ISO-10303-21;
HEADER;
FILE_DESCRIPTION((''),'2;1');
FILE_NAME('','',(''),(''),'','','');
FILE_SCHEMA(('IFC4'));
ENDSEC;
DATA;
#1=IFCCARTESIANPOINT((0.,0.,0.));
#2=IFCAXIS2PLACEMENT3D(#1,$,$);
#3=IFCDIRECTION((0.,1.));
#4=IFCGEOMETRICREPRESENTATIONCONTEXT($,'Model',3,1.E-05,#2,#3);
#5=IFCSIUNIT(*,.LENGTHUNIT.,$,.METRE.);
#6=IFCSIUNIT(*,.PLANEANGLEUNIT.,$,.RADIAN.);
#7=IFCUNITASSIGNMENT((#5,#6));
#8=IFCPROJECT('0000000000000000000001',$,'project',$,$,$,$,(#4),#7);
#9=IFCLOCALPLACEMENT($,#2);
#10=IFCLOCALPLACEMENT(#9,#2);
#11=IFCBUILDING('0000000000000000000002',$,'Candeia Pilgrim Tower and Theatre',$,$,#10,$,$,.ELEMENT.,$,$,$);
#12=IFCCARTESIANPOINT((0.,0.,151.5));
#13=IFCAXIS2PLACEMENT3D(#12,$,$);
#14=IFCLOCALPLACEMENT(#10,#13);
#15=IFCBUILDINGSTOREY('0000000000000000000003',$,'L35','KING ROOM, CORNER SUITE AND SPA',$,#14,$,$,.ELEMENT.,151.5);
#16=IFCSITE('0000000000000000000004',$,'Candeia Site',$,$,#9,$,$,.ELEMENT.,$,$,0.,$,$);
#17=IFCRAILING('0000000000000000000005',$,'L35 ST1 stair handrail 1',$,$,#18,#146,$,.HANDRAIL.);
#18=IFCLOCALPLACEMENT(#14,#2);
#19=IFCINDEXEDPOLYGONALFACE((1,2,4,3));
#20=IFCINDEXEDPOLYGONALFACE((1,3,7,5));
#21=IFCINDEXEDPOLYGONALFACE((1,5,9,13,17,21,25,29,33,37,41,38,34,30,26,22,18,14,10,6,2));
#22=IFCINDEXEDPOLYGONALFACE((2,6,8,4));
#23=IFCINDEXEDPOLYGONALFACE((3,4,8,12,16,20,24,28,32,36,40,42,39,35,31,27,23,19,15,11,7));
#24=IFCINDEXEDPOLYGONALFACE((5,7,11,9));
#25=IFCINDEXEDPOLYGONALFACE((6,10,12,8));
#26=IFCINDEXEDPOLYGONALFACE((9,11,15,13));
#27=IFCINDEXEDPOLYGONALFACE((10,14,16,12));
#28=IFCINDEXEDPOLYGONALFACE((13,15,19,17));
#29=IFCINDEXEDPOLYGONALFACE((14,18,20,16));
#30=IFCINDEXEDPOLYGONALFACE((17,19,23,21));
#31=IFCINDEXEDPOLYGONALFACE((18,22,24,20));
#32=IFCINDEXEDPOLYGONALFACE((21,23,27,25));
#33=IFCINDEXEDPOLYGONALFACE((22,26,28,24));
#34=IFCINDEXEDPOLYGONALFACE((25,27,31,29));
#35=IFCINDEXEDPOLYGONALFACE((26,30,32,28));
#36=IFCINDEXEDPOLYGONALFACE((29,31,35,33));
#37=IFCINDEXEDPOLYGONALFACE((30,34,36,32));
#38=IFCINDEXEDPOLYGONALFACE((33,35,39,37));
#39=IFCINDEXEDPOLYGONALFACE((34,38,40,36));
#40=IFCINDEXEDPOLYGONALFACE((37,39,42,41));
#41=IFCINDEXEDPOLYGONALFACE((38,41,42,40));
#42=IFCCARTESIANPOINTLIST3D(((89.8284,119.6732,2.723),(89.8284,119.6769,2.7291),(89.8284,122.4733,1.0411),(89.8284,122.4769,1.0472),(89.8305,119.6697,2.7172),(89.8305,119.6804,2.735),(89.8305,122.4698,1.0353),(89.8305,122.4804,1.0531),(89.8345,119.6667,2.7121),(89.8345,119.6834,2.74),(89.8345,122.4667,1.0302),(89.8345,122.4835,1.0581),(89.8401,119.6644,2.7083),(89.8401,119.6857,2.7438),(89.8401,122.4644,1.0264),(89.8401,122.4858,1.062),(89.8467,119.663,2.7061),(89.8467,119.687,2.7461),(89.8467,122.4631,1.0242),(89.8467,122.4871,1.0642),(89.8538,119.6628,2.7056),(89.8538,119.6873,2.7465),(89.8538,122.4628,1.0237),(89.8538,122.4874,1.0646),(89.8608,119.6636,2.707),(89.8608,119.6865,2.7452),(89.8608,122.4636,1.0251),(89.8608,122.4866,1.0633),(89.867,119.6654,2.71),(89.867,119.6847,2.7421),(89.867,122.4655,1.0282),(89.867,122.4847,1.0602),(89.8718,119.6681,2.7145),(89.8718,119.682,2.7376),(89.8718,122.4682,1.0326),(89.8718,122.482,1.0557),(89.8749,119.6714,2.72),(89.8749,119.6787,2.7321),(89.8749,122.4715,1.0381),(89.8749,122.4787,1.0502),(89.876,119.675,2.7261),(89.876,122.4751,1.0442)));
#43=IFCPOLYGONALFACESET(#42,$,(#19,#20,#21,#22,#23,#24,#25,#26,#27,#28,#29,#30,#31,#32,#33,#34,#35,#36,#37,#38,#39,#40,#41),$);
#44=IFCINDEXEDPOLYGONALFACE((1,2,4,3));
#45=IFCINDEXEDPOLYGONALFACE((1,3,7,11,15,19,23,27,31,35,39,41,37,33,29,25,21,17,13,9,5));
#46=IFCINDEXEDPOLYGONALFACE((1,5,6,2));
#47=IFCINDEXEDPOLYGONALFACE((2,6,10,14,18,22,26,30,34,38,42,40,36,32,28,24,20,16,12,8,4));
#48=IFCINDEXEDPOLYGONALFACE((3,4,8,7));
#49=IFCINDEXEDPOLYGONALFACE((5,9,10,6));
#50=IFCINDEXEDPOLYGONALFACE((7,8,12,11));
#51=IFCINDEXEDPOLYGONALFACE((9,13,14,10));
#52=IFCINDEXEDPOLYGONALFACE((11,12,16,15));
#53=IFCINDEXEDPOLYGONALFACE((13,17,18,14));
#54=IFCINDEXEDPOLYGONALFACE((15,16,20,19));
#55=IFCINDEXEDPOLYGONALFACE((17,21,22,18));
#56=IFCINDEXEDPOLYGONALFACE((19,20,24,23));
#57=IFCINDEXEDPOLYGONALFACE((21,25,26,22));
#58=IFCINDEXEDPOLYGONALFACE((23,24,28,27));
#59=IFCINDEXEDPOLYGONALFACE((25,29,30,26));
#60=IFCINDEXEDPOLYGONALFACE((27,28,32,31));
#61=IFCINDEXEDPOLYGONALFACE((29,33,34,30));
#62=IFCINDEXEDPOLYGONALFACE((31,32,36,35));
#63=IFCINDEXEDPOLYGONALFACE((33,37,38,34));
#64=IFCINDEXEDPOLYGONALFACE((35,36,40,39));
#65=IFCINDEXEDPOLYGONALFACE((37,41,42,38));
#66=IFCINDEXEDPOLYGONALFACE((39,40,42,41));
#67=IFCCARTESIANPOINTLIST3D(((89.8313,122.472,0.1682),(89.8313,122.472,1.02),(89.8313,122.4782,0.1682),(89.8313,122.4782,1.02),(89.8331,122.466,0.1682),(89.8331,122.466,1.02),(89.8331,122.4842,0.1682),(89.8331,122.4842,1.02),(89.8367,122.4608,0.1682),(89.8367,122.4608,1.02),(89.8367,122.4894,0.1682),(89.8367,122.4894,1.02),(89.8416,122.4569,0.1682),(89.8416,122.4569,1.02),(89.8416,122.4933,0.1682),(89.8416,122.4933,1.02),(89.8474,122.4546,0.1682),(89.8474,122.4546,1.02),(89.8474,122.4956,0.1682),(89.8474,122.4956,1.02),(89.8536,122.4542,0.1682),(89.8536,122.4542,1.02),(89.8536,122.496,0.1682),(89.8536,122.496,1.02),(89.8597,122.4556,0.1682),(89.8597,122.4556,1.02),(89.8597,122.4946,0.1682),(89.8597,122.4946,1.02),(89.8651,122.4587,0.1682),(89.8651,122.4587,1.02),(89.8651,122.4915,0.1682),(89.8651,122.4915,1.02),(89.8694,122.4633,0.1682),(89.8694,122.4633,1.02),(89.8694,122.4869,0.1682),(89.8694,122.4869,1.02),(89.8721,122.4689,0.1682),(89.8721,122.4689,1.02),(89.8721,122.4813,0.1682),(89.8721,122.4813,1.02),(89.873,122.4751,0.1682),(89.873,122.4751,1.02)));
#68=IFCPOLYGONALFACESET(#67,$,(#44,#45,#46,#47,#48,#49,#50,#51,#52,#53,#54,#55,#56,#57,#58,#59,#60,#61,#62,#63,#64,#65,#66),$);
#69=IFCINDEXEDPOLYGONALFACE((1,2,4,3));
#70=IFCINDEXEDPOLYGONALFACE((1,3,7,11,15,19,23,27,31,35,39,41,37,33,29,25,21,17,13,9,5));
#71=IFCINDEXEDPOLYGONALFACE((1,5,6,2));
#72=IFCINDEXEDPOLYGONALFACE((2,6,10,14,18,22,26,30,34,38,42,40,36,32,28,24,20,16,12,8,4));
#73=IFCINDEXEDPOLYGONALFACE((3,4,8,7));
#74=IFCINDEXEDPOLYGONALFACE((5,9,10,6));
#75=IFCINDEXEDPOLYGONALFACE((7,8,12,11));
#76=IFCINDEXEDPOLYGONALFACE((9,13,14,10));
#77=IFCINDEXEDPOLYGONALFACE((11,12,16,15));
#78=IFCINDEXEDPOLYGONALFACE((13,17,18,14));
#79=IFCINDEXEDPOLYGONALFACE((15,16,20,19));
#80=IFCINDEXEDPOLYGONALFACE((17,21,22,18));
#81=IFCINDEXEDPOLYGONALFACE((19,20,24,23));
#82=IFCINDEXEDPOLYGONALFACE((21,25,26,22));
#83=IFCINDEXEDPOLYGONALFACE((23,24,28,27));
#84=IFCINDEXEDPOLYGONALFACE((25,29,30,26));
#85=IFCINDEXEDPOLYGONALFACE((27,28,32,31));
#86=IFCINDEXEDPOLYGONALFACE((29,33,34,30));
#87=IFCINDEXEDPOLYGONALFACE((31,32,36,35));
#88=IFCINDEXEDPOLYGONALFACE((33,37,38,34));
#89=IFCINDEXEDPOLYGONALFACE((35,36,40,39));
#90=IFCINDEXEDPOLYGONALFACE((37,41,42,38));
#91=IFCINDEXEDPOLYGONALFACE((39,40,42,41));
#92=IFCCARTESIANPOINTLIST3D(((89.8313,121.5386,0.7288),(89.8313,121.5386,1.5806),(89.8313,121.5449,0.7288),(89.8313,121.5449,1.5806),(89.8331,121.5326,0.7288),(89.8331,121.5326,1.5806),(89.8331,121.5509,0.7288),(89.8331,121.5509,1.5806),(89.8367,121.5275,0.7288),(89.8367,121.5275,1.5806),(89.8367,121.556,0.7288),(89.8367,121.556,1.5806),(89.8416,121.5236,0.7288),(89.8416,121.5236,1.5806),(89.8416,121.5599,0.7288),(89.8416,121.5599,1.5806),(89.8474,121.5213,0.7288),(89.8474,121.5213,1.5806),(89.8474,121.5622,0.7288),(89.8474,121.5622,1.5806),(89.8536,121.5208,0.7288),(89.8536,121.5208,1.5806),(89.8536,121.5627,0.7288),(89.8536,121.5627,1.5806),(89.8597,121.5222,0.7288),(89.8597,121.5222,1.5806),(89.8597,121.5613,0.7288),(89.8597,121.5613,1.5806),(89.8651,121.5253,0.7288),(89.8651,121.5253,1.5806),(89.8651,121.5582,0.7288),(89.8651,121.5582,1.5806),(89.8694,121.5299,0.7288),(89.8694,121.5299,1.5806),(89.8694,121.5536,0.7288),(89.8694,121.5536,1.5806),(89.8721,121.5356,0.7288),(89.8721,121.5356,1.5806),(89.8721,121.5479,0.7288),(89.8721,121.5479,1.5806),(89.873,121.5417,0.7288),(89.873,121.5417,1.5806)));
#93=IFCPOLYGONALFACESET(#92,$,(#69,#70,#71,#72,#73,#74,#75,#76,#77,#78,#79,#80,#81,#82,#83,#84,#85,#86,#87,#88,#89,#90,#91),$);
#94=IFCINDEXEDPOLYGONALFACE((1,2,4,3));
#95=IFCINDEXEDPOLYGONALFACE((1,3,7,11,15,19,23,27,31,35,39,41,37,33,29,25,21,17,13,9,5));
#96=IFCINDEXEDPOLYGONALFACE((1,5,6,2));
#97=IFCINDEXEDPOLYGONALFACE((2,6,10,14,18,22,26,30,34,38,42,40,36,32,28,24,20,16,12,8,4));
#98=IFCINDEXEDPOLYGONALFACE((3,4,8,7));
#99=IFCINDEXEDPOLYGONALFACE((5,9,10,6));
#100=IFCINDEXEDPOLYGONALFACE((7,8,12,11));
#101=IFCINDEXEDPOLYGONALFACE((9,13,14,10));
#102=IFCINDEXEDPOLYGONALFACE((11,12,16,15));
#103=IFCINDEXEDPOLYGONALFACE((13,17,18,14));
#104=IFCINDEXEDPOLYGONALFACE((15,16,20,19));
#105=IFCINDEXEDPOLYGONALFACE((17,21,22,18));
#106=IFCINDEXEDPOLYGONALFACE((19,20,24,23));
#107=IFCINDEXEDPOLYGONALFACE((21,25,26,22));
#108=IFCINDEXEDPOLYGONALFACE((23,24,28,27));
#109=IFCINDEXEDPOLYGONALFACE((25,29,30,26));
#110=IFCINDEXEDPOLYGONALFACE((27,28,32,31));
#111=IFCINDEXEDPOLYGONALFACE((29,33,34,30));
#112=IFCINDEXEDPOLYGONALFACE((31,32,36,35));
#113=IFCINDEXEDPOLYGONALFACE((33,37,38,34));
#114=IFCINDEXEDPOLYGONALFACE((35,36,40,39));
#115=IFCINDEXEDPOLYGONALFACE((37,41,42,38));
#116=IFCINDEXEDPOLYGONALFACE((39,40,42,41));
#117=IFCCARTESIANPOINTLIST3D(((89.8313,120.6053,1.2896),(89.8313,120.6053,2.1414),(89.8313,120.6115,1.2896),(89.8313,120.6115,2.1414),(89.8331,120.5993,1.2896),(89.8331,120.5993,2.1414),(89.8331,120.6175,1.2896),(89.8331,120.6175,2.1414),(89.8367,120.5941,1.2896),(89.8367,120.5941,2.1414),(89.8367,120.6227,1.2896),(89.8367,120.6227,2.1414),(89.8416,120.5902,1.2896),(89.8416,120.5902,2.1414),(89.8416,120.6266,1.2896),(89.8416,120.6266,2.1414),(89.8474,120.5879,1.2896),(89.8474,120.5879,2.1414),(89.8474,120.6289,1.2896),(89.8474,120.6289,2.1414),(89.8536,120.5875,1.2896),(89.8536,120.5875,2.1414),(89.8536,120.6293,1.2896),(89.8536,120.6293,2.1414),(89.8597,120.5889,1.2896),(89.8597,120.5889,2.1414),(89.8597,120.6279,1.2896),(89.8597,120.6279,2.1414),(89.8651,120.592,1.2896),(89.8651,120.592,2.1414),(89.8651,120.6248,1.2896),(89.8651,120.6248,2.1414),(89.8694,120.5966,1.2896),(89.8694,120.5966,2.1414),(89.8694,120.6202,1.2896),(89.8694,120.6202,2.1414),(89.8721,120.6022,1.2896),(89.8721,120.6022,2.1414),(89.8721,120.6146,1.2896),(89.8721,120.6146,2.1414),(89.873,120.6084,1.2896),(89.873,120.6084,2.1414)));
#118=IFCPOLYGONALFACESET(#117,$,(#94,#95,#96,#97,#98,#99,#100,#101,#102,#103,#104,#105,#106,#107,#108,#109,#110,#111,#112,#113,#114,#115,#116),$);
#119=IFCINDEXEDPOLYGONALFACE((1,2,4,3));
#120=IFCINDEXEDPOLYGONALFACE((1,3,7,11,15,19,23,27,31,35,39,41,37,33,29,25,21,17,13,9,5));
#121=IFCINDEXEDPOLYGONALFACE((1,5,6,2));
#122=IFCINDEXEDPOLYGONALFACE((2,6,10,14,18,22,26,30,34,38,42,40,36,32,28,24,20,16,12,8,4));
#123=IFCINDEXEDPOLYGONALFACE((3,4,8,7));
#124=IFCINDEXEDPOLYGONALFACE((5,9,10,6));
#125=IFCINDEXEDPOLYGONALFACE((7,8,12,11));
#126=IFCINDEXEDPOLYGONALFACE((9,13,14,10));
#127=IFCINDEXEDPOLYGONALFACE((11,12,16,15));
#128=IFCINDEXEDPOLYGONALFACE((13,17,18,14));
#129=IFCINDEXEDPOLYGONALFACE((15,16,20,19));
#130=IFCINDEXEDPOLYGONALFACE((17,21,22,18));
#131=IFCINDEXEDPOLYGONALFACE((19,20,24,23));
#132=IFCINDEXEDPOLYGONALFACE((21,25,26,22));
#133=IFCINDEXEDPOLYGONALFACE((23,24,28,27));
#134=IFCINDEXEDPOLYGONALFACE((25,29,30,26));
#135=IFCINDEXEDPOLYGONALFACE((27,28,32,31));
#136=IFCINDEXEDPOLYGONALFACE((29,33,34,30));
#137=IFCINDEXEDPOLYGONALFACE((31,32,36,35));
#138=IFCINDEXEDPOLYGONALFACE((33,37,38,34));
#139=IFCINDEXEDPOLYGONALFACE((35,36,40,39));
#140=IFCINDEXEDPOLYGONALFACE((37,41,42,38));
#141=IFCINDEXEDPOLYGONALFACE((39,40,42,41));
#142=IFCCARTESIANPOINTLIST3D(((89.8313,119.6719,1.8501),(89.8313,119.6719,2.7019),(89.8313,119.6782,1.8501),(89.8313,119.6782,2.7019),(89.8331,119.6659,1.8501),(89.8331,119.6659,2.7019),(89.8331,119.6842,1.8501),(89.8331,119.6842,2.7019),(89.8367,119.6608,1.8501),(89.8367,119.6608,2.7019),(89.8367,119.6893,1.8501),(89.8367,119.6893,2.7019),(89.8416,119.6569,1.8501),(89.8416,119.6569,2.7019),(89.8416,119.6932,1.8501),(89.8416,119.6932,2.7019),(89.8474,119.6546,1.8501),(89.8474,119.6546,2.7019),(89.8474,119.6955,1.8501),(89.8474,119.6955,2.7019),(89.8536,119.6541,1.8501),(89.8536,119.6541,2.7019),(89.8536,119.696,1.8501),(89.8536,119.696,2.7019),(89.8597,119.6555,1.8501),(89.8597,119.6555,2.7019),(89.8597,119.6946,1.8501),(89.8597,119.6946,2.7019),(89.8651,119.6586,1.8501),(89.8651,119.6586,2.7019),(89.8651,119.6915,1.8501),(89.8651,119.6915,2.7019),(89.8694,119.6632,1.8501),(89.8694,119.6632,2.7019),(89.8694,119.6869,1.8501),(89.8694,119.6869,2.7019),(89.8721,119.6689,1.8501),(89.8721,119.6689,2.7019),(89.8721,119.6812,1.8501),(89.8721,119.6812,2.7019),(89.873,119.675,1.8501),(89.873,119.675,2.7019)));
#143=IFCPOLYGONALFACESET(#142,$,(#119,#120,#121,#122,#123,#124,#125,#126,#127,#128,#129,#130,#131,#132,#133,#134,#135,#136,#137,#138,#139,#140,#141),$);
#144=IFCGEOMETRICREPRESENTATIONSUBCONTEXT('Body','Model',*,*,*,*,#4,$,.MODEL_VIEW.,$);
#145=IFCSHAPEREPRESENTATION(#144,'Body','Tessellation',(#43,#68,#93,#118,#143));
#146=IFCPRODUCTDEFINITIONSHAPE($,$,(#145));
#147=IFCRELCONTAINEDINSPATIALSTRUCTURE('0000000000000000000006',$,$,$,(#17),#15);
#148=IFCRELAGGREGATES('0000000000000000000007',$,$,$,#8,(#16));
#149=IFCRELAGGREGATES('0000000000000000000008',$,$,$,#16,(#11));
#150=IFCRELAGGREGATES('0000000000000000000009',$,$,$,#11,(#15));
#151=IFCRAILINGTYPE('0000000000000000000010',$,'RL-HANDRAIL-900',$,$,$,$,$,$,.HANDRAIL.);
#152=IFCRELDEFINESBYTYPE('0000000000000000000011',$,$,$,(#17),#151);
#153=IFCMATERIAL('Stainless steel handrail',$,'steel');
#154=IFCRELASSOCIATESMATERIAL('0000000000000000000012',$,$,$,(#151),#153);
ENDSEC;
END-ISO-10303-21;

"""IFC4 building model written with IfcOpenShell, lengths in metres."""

from ifc_helpers import new_model, si_unit, direction, frame, origin, origin_2d, place, context, subcontext, project, spatial, circle, extrude, material, type_object, element, save


model = new_model("IFC4")

# Units and contexts
model_context = context("Model", 3, precision=1e-05, world=origin(), true_north=direction((0.0, 1.0)))
body_context = subcontext(model_context, "Body", "Model", "MODEL_VIEW")
ifc_project = project(units=[si_unit("LENGTHUNIT", "METRE"), si_unit("PLANEANGLEUNIT", "RADIAN")], contexts=[model_context])

# Site, building, storey
site_placement = place(None, origin())
site = spatial("IfcSite", under=ifc_project, at=site_placement, Name="Candeia Site", CompositionType="ELEMENT", RefElevation=0.0)
building_placement = place(site_placement, origin())
building = spatial("IfcBuilding", under=site, at=building_placement, Name="Candeia Pilgrim Tower and Theatre", CompositionType="ELEMENT")
storey_placement = place(building_placement, frame((0.0, 0.0, 151.5)))
storey = spatial("IfcBuildingStorey", under=building, at=storey_placement, Name="L35", Description="KING ROOM, CORNER SUITE AND SPA", CompositionType="ELEMENT", Elevation=151.5)

# Railing
ifc_material_1 = material(Name="Stainless steel handrail", Category="steel")
railing_type_1 = type_object("IfcRailingType", Name="RL-HANDRAIL-900", PredefinedType="HANDRAIL", material=ifc_material_1)
for number, where, name in (
    (1, (89.8521, 122.4751, 0.1682), "L35 ST1 stair handrail 1"),
):
    element("IfcRailing", number, at=place(storey_placement, frame(where)), inside=storey, type_object=railing_type_1, Name=name, PredefinedType="HANDRAIL", context=body_context, shape_type="SweptSolid", body=[
        extrude(circle(Radius=0.0239, at=origin_2d()), frame((0.0, 0.0, 0.876), z_axis=(0.0, -0.857242, 0.514913), x_axis=(1.0, 0.0, 0.0)), (0.0, 0.0, 1.0), 3.2664),
        extrude(circle(Radius=0.021, at=origin_2d()), origin(), (0.0, 0.0, 1.0), 0.8518),
        extrude(circle(Radius=0.021, at=origin_2d()), frame((0.0, -0.9333, 0.5605)), (0.0, 0.0, 1.0), 0.8518),
        extrude(circle(Radius=0.021, at=origin_2d()), frame((0.0, -1.8667, 1.1213)), (0.0, 0.0, 1.0), 0.8518),
        extrude(circle(Radius=0.021, at=origin_2d()), frame((0.0, -2.8, 1.6819)), (0.0, 0.0, 1.0), 0.8518),
    ])

save(model, "model.ifc")
